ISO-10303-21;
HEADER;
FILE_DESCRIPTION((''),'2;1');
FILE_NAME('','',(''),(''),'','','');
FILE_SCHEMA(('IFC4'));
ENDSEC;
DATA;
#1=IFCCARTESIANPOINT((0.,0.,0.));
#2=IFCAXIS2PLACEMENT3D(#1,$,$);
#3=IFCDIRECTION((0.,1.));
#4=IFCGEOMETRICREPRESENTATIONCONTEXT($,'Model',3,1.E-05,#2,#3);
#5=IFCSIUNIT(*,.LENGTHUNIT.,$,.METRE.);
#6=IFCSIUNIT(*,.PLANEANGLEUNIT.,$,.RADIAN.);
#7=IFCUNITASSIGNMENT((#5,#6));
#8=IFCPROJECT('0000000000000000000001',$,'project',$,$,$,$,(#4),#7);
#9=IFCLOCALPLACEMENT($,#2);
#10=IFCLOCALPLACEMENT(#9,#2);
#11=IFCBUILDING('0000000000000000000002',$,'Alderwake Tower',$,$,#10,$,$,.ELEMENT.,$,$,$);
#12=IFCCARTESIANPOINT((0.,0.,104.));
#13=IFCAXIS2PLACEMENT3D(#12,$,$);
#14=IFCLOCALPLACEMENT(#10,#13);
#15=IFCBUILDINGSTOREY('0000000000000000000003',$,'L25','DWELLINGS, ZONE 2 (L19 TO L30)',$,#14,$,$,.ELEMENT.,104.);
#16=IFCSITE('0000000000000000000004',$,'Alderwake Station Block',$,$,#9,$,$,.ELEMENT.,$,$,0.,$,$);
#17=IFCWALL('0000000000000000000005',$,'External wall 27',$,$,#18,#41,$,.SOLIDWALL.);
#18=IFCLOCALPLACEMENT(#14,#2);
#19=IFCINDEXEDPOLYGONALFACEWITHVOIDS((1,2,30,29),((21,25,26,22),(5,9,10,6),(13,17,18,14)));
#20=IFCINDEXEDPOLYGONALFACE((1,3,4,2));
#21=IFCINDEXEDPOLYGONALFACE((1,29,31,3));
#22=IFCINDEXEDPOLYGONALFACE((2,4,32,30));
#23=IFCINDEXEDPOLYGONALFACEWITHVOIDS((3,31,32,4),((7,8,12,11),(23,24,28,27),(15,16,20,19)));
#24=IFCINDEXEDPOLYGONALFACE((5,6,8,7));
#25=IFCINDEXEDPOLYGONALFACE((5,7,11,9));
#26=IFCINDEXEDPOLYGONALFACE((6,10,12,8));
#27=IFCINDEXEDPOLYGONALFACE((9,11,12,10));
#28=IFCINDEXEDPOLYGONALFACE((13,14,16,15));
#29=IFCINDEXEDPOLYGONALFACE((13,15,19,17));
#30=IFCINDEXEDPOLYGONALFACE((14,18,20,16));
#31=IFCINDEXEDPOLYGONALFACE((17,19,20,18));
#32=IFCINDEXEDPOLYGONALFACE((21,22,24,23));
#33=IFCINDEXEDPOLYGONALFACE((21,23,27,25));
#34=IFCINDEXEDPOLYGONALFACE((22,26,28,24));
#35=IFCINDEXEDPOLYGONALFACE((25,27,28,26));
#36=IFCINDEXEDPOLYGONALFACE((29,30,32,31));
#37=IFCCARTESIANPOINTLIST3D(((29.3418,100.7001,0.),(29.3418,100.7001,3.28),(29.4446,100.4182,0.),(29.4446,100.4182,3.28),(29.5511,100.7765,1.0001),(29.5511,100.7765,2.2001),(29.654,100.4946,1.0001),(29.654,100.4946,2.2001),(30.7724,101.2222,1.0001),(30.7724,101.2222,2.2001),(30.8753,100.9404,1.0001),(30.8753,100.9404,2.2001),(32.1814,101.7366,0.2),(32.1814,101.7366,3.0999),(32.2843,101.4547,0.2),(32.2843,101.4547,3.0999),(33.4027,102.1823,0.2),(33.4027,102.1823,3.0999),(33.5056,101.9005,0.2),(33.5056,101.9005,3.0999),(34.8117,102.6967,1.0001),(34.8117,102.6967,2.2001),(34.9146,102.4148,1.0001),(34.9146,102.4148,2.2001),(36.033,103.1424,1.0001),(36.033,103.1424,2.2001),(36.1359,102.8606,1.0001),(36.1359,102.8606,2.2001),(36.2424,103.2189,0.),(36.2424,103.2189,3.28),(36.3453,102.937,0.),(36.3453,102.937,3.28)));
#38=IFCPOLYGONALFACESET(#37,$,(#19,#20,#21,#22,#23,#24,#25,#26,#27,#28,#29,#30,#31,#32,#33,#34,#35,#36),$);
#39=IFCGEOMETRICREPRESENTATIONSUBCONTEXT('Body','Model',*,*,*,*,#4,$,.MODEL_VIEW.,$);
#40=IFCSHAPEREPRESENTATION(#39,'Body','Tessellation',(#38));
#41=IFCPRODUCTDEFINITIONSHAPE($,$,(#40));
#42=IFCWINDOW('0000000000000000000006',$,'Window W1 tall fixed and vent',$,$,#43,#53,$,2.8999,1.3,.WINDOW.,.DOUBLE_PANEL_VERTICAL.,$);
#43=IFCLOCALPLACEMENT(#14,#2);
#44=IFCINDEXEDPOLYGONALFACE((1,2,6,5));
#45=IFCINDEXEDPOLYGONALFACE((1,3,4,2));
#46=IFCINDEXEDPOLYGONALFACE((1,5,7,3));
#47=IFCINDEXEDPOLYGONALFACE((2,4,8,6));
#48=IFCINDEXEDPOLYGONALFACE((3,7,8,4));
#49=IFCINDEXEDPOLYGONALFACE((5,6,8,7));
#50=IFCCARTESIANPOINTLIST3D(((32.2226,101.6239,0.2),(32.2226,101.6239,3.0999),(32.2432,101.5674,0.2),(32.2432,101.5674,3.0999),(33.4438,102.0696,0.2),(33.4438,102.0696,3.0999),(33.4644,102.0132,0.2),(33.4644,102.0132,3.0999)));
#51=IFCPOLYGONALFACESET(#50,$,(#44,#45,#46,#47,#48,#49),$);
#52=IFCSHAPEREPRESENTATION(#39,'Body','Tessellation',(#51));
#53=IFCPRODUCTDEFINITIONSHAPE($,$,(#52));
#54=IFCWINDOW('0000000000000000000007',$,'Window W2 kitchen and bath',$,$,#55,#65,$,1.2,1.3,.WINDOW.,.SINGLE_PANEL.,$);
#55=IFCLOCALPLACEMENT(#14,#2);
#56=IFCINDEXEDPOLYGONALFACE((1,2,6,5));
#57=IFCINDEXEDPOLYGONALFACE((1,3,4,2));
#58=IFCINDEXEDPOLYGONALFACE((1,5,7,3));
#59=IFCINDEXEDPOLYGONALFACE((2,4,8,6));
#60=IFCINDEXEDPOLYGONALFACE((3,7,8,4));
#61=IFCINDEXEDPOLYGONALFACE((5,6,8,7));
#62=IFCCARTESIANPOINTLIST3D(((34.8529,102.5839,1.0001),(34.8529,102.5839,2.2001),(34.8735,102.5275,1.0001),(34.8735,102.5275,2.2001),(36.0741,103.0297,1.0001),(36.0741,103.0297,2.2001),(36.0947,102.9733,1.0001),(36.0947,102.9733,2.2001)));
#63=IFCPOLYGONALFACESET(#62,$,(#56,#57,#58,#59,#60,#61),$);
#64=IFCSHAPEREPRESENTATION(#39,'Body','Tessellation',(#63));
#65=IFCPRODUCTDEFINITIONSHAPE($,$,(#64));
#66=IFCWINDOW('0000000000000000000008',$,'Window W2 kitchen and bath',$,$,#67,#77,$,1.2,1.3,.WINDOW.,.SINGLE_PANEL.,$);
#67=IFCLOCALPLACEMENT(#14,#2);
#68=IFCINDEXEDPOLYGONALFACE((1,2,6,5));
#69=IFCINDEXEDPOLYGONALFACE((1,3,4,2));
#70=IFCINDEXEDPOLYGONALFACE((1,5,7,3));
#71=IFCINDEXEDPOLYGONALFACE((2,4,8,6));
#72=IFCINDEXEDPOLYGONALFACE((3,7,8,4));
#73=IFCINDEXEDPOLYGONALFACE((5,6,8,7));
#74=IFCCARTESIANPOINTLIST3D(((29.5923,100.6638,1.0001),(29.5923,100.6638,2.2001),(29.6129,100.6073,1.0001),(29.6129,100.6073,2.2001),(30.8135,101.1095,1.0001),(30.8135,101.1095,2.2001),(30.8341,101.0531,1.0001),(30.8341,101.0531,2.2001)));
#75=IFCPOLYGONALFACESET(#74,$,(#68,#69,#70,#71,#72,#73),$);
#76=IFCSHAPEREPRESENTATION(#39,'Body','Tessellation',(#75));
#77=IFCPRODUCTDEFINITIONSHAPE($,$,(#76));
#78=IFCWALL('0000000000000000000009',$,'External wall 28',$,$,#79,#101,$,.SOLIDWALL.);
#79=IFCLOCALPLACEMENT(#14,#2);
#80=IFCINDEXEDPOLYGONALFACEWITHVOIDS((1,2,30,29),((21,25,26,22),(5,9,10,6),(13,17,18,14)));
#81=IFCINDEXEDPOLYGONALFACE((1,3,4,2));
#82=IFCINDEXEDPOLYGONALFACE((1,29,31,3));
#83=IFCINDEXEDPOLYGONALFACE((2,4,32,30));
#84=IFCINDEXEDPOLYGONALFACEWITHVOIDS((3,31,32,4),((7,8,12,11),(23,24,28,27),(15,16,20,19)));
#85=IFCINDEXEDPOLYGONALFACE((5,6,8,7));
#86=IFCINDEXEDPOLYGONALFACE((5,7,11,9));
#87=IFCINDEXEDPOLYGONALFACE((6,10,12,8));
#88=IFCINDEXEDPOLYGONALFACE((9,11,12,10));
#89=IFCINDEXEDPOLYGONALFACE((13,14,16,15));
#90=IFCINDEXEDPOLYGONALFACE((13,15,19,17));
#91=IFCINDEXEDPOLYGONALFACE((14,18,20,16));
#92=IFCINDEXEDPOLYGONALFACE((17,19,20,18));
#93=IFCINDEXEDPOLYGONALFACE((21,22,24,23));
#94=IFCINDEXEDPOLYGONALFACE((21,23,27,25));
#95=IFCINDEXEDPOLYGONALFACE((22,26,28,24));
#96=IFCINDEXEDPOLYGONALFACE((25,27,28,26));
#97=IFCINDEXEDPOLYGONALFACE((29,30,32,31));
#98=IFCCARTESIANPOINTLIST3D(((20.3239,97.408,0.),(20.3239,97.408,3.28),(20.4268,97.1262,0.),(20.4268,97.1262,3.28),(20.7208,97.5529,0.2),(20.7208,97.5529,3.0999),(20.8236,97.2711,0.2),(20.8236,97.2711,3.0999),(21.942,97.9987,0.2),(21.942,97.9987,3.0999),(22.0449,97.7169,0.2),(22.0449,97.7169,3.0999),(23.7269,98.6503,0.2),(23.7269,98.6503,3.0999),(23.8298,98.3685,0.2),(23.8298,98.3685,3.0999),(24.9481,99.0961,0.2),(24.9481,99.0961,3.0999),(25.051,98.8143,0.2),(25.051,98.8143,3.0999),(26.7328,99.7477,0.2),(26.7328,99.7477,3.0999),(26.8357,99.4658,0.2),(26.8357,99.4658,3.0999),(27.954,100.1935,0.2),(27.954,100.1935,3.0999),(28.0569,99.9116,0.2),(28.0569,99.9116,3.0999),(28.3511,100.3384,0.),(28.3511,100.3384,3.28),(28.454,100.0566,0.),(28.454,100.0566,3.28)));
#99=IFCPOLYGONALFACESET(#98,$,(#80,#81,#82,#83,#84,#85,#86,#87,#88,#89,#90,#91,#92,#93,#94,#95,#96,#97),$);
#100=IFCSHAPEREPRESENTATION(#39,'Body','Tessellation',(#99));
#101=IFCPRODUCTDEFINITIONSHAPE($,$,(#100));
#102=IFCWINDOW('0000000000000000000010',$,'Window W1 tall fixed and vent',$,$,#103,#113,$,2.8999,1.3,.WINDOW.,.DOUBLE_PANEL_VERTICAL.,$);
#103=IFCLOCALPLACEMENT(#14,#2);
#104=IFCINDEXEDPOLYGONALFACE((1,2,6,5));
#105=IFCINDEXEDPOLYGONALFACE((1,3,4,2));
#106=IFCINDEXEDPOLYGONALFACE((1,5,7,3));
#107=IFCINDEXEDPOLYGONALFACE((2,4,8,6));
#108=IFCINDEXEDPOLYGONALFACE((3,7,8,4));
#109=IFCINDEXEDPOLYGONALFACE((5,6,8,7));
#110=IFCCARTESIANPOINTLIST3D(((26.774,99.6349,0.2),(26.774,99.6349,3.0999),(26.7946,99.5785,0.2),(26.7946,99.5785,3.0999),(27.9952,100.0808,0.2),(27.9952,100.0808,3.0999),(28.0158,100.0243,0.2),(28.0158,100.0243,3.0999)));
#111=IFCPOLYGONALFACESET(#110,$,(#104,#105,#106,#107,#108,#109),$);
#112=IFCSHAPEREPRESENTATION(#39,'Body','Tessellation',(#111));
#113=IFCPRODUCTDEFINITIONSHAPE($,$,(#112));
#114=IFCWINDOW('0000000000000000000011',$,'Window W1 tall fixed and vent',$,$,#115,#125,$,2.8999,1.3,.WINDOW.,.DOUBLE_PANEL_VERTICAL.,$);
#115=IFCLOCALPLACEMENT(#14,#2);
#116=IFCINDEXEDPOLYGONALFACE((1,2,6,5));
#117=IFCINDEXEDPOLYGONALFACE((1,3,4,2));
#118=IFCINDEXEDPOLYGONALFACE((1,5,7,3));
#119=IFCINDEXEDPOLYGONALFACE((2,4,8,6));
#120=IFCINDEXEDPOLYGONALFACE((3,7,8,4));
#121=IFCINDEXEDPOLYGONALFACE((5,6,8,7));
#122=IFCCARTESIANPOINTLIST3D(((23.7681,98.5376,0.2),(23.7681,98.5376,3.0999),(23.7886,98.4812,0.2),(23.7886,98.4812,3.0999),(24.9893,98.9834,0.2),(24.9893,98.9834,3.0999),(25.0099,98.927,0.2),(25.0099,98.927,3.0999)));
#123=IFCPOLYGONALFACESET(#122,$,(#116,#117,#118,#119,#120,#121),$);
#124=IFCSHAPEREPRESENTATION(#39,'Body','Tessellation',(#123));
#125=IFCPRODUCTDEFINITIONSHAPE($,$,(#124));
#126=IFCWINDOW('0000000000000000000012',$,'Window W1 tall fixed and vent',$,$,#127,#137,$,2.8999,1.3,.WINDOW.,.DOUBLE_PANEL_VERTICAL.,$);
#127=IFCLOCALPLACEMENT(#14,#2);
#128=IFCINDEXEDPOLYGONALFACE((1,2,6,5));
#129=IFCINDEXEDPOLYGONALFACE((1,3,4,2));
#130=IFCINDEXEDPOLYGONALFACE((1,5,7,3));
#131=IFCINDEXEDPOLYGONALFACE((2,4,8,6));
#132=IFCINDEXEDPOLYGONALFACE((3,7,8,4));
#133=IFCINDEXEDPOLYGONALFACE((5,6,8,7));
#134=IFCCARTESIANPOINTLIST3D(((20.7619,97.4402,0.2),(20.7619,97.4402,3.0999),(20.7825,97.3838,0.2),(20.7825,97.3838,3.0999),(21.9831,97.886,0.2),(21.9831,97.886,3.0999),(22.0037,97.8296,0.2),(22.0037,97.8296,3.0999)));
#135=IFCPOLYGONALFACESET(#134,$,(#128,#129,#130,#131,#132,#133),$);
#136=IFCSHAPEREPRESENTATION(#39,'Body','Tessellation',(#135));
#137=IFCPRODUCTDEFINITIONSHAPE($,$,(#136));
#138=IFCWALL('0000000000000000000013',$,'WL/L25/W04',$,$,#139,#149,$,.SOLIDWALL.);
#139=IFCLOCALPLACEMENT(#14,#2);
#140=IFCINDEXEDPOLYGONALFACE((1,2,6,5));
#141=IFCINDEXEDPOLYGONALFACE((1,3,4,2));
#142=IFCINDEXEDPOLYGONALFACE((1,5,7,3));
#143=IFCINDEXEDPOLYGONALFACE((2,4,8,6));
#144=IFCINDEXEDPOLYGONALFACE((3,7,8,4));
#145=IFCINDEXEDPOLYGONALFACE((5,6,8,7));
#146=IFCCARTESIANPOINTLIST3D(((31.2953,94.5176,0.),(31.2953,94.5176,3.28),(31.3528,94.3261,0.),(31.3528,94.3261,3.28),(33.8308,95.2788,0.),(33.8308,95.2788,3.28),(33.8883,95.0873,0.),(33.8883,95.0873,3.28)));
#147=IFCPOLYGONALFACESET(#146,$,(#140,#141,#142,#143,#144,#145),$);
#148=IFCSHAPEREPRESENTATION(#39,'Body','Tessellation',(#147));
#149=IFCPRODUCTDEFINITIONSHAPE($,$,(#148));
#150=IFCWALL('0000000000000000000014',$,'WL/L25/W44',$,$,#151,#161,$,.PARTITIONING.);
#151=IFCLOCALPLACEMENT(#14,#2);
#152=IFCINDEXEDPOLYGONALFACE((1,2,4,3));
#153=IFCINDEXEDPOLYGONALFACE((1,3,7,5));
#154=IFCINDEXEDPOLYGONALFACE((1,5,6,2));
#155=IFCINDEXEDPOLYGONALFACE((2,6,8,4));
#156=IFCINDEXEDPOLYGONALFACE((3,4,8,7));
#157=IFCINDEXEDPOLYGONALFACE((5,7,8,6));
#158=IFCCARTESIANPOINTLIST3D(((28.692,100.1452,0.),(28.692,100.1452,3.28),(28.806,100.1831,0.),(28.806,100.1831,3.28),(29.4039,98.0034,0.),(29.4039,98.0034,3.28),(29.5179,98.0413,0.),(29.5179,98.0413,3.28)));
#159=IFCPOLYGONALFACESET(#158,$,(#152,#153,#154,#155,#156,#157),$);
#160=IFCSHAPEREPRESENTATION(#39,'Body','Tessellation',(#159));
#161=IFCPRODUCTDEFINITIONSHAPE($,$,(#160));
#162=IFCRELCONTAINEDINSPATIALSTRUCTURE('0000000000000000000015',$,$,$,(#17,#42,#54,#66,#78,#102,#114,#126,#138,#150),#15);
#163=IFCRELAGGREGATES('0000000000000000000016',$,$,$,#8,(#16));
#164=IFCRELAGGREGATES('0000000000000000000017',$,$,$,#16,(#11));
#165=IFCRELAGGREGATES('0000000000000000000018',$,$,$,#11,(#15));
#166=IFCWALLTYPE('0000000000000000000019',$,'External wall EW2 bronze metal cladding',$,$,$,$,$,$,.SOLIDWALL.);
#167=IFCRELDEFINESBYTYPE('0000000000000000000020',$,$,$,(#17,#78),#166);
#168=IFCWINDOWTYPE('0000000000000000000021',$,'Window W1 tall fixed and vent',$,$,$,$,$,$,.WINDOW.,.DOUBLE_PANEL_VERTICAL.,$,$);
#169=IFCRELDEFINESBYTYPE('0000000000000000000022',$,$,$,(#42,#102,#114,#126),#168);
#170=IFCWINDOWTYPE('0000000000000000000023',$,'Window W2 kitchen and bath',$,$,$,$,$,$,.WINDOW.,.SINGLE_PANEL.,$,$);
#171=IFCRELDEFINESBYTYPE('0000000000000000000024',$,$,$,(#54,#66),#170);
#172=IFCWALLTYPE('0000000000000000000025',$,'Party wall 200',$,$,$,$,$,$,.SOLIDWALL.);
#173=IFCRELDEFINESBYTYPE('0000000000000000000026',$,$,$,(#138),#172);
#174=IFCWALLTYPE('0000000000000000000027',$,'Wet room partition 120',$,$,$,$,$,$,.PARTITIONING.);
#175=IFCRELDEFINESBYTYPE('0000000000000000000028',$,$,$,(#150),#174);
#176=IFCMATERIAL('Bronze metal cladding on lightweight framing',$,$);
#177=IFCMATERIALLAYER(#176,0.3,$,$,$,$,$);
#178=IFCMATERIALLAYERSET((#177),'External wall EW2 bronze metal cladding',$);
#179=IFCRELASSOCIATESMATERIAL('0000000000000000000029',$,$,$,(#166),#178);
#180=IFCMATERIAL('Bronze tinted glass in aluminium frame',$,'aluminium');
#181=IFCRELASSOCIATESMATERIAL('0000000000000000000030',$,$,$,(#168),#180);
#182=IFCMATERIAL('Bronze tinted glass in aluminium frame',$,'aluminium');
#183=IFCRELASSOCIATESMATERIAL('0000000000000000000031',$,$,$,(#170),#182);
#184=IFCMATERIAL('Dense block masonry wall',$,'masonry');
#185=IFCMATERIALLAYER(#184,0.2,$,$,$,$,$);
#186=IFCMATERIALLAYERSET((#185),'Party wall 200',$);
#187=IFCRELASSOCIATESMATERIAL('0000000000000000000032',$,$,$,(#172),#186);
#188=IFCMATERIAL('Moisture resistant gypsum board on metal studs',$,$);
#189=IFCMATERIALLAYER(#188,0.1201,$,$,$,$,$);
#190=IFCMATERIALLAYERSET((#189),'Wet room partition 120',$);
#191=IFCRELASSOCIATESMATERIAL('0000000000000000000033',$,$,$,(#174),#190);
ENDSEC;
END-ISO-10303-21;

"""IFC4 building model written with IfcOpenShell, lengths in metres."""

from ifc_helpers import new_model, si_unit, direction, frame, frame_2d, origin, place, context, subcontext, project, spatial, rectangle, extrude, material, layer, layer_set, type_object, element, fill, save


model = new_model("IFC4")

# Units and contexts
model_context = context("Model", 3, precision=1e-05, world=origin(), true_north=direction((0.0, 1.0)))
body_context = subcontext(model_context, "Body", "Model", "MODEL_VIEW")
ifc_project = project(units=[si_unit("LENGTHUNIT", "METRE"), si_unit("PLANEANGLEUNIT", "RADIAN")], contexts=[model_context])

# Site, building, storey
site_placement = place(None, origin())
site = spatial("IfcSite", under=ifc_project, at=site_placement, Name="Alderwake Station Block", CompositionType="ELEMENT", RefElevation=0.0)
building_placement = place(site_placement, origin())
building = spatial("IfcBuilding", under=site, at=building_placement, Name="Alderwake Tower", CompositionType="ELEMENT")
storey_placement = place(building_placement, frame((0.0, 0.0, 104.0)))
storey = spatial("IfcBuildingStorey", under=building, at=storey_placement, Name="L25", Description="DWELLINGS, ZONE 2 (L19 TO L30)", CompositionType="ELEMENT", Elevation=104.0)

# Walls, openings, windows
ifc_material_1 = material(Name="Bronze metal cladding on lightweight framing")
ifc_layer_1 = layer(ifc_material_1, 0.3)
ifc_layer_set_1 = layer_set([ifc_layer_1], Name="External wall EW2 bronze metal cladding")
wall_type_1 = type_object("IfcWallType", Name="External wall EW2 bronze metal cladding", PredefinedType="SOLIDWALL", material=ifc_layer_set_1)
wall_1_placement = place(storey_placement, frame((36.2937, 103.0779, 0.0), z_axis=(0.0, 0.0, 1.0), x_axis=(-0.939378, -0.342882, 0.0)))
wall_1 = element("IfcWall", 1, at=wall_1_placement, inside=storey, type_object=wall_type_1, Name="External wall 27", PredefinedType="SOLIDWALL", context=body_context, shape_type="SweptSolid", body=[
    extrude(rectangle(XDim=7.3459, YDim=0.3, at=frame_2d((3.6729, 0.0))), origin(), (0.0, 0.0, 1.0), 3.28),
])
opening_1_placement = place(wall_1_placement, frame((0.2229, 0.0, 1.0)))
opening_1 = element("IfcOpeningElement", 2, at=opening_1_placement, cuts=wall_1, PredefinedType="OPENING", context=body_context, shape_type="SweptSolid", body=[
    extrude(rectangle(XDim=1.3, YDim=1.2, at=frame_2d((0.6499, 0.6001))), frame((0.0, 0.1599, 0.0), z_axis=(0.0, -1.0, 0.0), x_axis=(1.0, 0.0, 0.0)), (0.0, 0.0, 1.0), 0.3201),
])
opening_2_placement = place(wall_1_placement, frame((3.0229, 0.0, 0.2)))
opening_2 = element("IfcOpeningElement", 3, at=opening_2_placement, cuts=wall_1, PredefinedType="OPENING", context=body_context, shape_type="SweptSolid", body=[
    extrude(rectangle(XDim=1.3, YDim=2.8999, at=frame_2d((0.6499, 1.45))), frame((0.0, 0.1599, 0.0), z_axis=(0.0, -1.0, 0.0), x_axis=(1.0, 0.0, 0.0)), (0.0, 0.0, 1.0), 0.3201),
])
opening_3_placement = place(wall_1_placement, frame((5.823, 0.0, 1.0)))
opening_3 = element("IfcOpeningElement", 4, at=opening_3_placement, cuts=wall_1, PredefinedType="OPENING", context=body_context, shape_type="SweptSolid", body=[
    extrude(rectangle(XDim=1.3, YDim=1.2, at=frame_2d((0.6499, 0.6001))), frame((0.0, 0.1599, 0.0), z_axis=(0.0, -1.0, 0.0), x_axis=(1.0, 0.0, 0.0)), (0.0, 0.0, 1.0), 0.3201),
])
ifc_material_2 = material(Name="Bronze tinted glass in aluminium frame", Category="aluminium")
window_type_1 = type_object("IfcWindowType", Name="Window W1 tall fixed and vent", PartitioningType="DOUBLE_PANEL_VERTICAL", PredefinedType="WINDOW", material=ifc_material_2)
window_1_placement = place(opening_2_placement, origin())
window_1 = element("IfcWindow", 5, at=window_1_placement, inside=storey, type_object=window_type_1, Name="Window W1 tall fixed and vent", OverallHeight=2.8999, OverallWidth=1.3, PartitioningType="DOUBLE_PANEL_VERTICAL", PredefinedType="WINDOW", context=body_context, shape_type="SweptSolid", body=[
    extrude(rectangle(XDim=1.3, YDim=2.8999, at=frame_2d((0.6499, 1.45))), frame((0.0, 0.03, 0.0), z_axis=(0.0, -1.0, 0.0), x_axis=(1.0, 0.0, 0.0)), (0.0, 0.0, 1.0), 0.0601),
])
fill(opening_2, window_1)
ifc_material_3 = material(Name="Bronze tinted glass in aluminium frame", Category="aluminium")
window_type_2 = type_object("IfcWindowType", Name="Window W2 kitchen and bath", PartitioningType="SINGLE_PANEL", PredefinedType="WINDOW", material=ifc_material_3)
window_2_placement = place(opening_1_placement, origin())
window_2 = element("IfcWindow", 6, at=window_2_placement, inside=storey, type_object=window_type_2, Name="Window W2 kitchen and bath", OverallHeight=1.2, OverallWidth=1.3, PartitioningType="SINGLE_PANEL", PredefinedType="WINDOW", context=body_context, shape_type="SweptSolid", body=[
    extrude(rectangle(XDim=1.3, YDim=1.2, at=frame_2d((0.6499, 0.6001))), frame((0.0, 0.03, 0.0), z_axis=(0.0, -1.0, 0.0), x_axis=(1.0, 0.0, 0.0)), (0.0, 0.0, 1.0), 0.0601),
])
fill(opening_1, window_2)
window_3_placement = place(opening_3_placement, origin())
window_3 = element("IfcWindow", 7, at=window_3_placement, inside=storey, type_object=window_type_2, Name="Window W2 kitchen and bath", OverallHeight=1.2, OverallWidth=1.3, PartitioningType="SINGLE_PANEL", PredefinedType="WINDOW", context=body_context, shape_type="SweptSolid", body=[
    extrude(rectangle(XDim=1.3, YDim=1.2, at=frame_2d((0.6499, 0.6001))), frame((0.0, 0.03, 0.0), z_axis=(0.0, -1.0, 0.0), x_axis=(1.0, 0.0, 0.0)), (0.0, 0.0, 1.0), 0.0601),
])
fill(opening_3, window_3)
wall_2_placement = place(storey_placement, frame((28.4026, 100.1975, 0.0), z_axis=(0.0, 0.0, 1.0), x_axis=(-0.939365, -0.34292, 0.0)))
wall_2 = element("IfcWall", 8, at=wall_2_placement, inside=storey, type_object=wall_type_1, Name="External wall 28", PredefinedType="SOLIDWALL", context=body_context, shape_type="SweptSolid", body=[
    extrude(rectangle(XDim=8.5454, YDim=0.3, at=frame_2d((4.2727, 0.0))), origin(), (0.0, 0.0, 1.0), 3.28),
])
opening_4_placement = place(wall_2_placement, frame((0.4229, 0.0, 0.2)))
opening_4 = element("IfcOpeningElement", 9, at=opening_4_placement, cuts=wall_2, PredefinedType="OPENING", context=body_context, shape_type="SweptSolid", body=[
    extrude(rectangle(XDim=1.3, YDim=2.8999, at=frame_2d((0.6499, 1.45))), frame((0.0, 0.1599, 0.0), z_axis=(0.0, -1.0, 0.0), x_axis=(1.0, 0.0, 0.0)), (0.0, 0.0, 1.0), 0.3201),
])
opening_5_placement = place(wall_2_placement, frame((3.6228, 0.0, 0.2)))
opening_5 = element("IfcOpeningElement", 10, at=opening_5_placement, cuts=wall_2, PredefinedType="OPENING", context=body_context, shape_type="SweptSolid", body=[
    extrude(rectangle(XDim=1.3, YDim=2.8999, at=frame_2d((0.6499, 1.45))), frame((0.0, 0.1599, 0.0), z_axis=(0.0, -1.0, 0.0), x_axis=(1.0, 0.0, 0.0)), (0.0, 0.0, 1.0), 0.3201),
])
opening_6_placement = place(wall_2_placement, frame((6.823, 0.0, 0.2)))
opening_6 = element("IfcOpeningElement", 11, at=opening_6_placement, cuts=wall_2, PredefinedType="OPENING", context=body_context, shape_type="SweptSolid", body=[
    extrude(rectangle(XDim=1.3, YDim=2.8999, at=frame_2d((0.6499, 1.45))), frame((0.0, 0.1599, 0.0), z_axis=(0.0, -1.0, 0.0), x_axis=(1.0, 0.0, 0.0)), (0.0, 0.0, 1.0), 0.3201),
])
window_4_placement = place(opening_4_placement, origin())
window_4 = element("IfcWindow", 12, at=window_4_placement, inside=storey, type_object=window_type_1, Name="Window W1 tall fixed and vent", OverallHeight=2.8999, OverallWidth=1.3, PartitioningType="DOUBLE_PANEL_VERTICAL", PredefinedType="WINDOW", context=body_context, shape_type="SweptSolid", body=[
    extrude(rectangle(XDim=1.3, YDim=2.8999, at=frame_2d((0.6499, 1.45))), frame((0.0, 0.03, 0.0), z_axis=(0.0, -1.0, 0.0), x_axis=(1.0, 0.0, 0.0)), (0.0, 0.0, 1.0), 0.0601),
])
fill(opening_4, window_4)
window_5_placement = place(opening_5_placement, origin())
window_5 = element("IfcWindow", 13, at=window_5_placement, inside=storey, type_object=window_type_1, Name="Window W1 tall fixed and vent", OverallHeight=2.8999, OverallWidth=1.3, PartitioningType="DOUBLE_PANEL_VERTICAL", PredefinedType="WINDOW", context=body_context, shape_type="SweptSolid", body=[
    extrude(rectangle(XDim=1.3, YDim=2.8999, at=frame_2d((0.6499, 1.45))), frame((0.0, 0.03, 0.0), z_axis=(0.0, -1.0, 0.0), x_axis=(1.0, 0.0, 0.0)), (0.0, 0.0, 1.0), 0.0601),
])
fill(opening_5, window_5)
window_6_placement = place(opening_6_placement, origin())
window_6 = element("IfcWindow", 14, at=window_6_placement, inside=storey, type_object=window_type_1, Name="Window W1 tall fixed and vent", OverallHeight=2.8999, OverallWidth=1.3, PartitioningType="DOUBLE_PANEL_VERTICAL", PredefinedType="WINDOW", context=body_context, shape_type="SweptSolid", body=[
    extrude(rectangle(XDim=1.3, YDim=2.8999, at=frame_2d((0.6499, 1.45))), frame((0.0, 0.03, 0.0), z_axis=(0.0, -1.0, 0.0), x_axis=(1.0, 0.0, 0.0)), (0.0, 0.0, 1.0), 0.0601),
])
fill(opening_6, window_6)

# Walls
ifc_material_4 = material(Name="Dense block masonry wall", Category="masonry")
ifc_layer_2 = layer(ifc_material_4, 0.2)
ifc_layer_set_2 = layer_set([ifc_layer_2], Name="Party wall 200")
wall_type_2 = type_object("IfcWallType", Name="Party wall 200", PredefinedType="SOLIDWALL", material=ifc_layer_set_2)
wall_3_placement = place(storey_placement, frame((33.8596, 95.1831, 0.0), z_axis=(0.0, 0.0, 1.0), x_axis=(-0.957763, -0.287559, 0.0)))
element("IfcWall", 15, at=wall_3_placement, inside=storey, type_object=wall_type_2, Name="WL/L25/W04", PredefinedType="SOLIDWALL", context=body_context, shape_type="SweptSolid", body=[
    extrude(rectangle(XDim=2.6472, YDim=0.2, at=frame_2d((1.3237, 0.0))), origin(), (0.0, 0.0, 1.0), 3.28),
])
ifc_material_5 = material(Name="Moisture resistant gypsum board on metal studs")
ifc_layer_3 = layer(ifc_material_5, 0.1201)
ifc_layer_set_3 = layer_set([ifc_layer_3], Name="Wet room partition 120")
wall_type_3 = type_object("IfcWallType", Name="Wet room partition 120", PredefinedType="PARTITIONING", material=ifc_layer_set_3)
wall_4_placement = place(storey_placement, frame((28.749, 100.1641, 0.0), z_axis=(0.0, 0.0, 1.0), x_axis=(0.315416, -0.948953, 0.0)))
element("IfcWall", 16, at=wall_4_placement, inside=storey, type_object=wall_type_3, Name="WL/L25/W44", PredefinedType="PARTITIONING", context=body_context, shape_type="SweptSolid", body=[
    extrude(rectangle(XDim=2.2571, YDim=0.1201, at=frame_2d((1.1284, 0.0))), origin(), (0.0, 0.0, 1.0), 3.28),
])

save(model, "model.ifc")
